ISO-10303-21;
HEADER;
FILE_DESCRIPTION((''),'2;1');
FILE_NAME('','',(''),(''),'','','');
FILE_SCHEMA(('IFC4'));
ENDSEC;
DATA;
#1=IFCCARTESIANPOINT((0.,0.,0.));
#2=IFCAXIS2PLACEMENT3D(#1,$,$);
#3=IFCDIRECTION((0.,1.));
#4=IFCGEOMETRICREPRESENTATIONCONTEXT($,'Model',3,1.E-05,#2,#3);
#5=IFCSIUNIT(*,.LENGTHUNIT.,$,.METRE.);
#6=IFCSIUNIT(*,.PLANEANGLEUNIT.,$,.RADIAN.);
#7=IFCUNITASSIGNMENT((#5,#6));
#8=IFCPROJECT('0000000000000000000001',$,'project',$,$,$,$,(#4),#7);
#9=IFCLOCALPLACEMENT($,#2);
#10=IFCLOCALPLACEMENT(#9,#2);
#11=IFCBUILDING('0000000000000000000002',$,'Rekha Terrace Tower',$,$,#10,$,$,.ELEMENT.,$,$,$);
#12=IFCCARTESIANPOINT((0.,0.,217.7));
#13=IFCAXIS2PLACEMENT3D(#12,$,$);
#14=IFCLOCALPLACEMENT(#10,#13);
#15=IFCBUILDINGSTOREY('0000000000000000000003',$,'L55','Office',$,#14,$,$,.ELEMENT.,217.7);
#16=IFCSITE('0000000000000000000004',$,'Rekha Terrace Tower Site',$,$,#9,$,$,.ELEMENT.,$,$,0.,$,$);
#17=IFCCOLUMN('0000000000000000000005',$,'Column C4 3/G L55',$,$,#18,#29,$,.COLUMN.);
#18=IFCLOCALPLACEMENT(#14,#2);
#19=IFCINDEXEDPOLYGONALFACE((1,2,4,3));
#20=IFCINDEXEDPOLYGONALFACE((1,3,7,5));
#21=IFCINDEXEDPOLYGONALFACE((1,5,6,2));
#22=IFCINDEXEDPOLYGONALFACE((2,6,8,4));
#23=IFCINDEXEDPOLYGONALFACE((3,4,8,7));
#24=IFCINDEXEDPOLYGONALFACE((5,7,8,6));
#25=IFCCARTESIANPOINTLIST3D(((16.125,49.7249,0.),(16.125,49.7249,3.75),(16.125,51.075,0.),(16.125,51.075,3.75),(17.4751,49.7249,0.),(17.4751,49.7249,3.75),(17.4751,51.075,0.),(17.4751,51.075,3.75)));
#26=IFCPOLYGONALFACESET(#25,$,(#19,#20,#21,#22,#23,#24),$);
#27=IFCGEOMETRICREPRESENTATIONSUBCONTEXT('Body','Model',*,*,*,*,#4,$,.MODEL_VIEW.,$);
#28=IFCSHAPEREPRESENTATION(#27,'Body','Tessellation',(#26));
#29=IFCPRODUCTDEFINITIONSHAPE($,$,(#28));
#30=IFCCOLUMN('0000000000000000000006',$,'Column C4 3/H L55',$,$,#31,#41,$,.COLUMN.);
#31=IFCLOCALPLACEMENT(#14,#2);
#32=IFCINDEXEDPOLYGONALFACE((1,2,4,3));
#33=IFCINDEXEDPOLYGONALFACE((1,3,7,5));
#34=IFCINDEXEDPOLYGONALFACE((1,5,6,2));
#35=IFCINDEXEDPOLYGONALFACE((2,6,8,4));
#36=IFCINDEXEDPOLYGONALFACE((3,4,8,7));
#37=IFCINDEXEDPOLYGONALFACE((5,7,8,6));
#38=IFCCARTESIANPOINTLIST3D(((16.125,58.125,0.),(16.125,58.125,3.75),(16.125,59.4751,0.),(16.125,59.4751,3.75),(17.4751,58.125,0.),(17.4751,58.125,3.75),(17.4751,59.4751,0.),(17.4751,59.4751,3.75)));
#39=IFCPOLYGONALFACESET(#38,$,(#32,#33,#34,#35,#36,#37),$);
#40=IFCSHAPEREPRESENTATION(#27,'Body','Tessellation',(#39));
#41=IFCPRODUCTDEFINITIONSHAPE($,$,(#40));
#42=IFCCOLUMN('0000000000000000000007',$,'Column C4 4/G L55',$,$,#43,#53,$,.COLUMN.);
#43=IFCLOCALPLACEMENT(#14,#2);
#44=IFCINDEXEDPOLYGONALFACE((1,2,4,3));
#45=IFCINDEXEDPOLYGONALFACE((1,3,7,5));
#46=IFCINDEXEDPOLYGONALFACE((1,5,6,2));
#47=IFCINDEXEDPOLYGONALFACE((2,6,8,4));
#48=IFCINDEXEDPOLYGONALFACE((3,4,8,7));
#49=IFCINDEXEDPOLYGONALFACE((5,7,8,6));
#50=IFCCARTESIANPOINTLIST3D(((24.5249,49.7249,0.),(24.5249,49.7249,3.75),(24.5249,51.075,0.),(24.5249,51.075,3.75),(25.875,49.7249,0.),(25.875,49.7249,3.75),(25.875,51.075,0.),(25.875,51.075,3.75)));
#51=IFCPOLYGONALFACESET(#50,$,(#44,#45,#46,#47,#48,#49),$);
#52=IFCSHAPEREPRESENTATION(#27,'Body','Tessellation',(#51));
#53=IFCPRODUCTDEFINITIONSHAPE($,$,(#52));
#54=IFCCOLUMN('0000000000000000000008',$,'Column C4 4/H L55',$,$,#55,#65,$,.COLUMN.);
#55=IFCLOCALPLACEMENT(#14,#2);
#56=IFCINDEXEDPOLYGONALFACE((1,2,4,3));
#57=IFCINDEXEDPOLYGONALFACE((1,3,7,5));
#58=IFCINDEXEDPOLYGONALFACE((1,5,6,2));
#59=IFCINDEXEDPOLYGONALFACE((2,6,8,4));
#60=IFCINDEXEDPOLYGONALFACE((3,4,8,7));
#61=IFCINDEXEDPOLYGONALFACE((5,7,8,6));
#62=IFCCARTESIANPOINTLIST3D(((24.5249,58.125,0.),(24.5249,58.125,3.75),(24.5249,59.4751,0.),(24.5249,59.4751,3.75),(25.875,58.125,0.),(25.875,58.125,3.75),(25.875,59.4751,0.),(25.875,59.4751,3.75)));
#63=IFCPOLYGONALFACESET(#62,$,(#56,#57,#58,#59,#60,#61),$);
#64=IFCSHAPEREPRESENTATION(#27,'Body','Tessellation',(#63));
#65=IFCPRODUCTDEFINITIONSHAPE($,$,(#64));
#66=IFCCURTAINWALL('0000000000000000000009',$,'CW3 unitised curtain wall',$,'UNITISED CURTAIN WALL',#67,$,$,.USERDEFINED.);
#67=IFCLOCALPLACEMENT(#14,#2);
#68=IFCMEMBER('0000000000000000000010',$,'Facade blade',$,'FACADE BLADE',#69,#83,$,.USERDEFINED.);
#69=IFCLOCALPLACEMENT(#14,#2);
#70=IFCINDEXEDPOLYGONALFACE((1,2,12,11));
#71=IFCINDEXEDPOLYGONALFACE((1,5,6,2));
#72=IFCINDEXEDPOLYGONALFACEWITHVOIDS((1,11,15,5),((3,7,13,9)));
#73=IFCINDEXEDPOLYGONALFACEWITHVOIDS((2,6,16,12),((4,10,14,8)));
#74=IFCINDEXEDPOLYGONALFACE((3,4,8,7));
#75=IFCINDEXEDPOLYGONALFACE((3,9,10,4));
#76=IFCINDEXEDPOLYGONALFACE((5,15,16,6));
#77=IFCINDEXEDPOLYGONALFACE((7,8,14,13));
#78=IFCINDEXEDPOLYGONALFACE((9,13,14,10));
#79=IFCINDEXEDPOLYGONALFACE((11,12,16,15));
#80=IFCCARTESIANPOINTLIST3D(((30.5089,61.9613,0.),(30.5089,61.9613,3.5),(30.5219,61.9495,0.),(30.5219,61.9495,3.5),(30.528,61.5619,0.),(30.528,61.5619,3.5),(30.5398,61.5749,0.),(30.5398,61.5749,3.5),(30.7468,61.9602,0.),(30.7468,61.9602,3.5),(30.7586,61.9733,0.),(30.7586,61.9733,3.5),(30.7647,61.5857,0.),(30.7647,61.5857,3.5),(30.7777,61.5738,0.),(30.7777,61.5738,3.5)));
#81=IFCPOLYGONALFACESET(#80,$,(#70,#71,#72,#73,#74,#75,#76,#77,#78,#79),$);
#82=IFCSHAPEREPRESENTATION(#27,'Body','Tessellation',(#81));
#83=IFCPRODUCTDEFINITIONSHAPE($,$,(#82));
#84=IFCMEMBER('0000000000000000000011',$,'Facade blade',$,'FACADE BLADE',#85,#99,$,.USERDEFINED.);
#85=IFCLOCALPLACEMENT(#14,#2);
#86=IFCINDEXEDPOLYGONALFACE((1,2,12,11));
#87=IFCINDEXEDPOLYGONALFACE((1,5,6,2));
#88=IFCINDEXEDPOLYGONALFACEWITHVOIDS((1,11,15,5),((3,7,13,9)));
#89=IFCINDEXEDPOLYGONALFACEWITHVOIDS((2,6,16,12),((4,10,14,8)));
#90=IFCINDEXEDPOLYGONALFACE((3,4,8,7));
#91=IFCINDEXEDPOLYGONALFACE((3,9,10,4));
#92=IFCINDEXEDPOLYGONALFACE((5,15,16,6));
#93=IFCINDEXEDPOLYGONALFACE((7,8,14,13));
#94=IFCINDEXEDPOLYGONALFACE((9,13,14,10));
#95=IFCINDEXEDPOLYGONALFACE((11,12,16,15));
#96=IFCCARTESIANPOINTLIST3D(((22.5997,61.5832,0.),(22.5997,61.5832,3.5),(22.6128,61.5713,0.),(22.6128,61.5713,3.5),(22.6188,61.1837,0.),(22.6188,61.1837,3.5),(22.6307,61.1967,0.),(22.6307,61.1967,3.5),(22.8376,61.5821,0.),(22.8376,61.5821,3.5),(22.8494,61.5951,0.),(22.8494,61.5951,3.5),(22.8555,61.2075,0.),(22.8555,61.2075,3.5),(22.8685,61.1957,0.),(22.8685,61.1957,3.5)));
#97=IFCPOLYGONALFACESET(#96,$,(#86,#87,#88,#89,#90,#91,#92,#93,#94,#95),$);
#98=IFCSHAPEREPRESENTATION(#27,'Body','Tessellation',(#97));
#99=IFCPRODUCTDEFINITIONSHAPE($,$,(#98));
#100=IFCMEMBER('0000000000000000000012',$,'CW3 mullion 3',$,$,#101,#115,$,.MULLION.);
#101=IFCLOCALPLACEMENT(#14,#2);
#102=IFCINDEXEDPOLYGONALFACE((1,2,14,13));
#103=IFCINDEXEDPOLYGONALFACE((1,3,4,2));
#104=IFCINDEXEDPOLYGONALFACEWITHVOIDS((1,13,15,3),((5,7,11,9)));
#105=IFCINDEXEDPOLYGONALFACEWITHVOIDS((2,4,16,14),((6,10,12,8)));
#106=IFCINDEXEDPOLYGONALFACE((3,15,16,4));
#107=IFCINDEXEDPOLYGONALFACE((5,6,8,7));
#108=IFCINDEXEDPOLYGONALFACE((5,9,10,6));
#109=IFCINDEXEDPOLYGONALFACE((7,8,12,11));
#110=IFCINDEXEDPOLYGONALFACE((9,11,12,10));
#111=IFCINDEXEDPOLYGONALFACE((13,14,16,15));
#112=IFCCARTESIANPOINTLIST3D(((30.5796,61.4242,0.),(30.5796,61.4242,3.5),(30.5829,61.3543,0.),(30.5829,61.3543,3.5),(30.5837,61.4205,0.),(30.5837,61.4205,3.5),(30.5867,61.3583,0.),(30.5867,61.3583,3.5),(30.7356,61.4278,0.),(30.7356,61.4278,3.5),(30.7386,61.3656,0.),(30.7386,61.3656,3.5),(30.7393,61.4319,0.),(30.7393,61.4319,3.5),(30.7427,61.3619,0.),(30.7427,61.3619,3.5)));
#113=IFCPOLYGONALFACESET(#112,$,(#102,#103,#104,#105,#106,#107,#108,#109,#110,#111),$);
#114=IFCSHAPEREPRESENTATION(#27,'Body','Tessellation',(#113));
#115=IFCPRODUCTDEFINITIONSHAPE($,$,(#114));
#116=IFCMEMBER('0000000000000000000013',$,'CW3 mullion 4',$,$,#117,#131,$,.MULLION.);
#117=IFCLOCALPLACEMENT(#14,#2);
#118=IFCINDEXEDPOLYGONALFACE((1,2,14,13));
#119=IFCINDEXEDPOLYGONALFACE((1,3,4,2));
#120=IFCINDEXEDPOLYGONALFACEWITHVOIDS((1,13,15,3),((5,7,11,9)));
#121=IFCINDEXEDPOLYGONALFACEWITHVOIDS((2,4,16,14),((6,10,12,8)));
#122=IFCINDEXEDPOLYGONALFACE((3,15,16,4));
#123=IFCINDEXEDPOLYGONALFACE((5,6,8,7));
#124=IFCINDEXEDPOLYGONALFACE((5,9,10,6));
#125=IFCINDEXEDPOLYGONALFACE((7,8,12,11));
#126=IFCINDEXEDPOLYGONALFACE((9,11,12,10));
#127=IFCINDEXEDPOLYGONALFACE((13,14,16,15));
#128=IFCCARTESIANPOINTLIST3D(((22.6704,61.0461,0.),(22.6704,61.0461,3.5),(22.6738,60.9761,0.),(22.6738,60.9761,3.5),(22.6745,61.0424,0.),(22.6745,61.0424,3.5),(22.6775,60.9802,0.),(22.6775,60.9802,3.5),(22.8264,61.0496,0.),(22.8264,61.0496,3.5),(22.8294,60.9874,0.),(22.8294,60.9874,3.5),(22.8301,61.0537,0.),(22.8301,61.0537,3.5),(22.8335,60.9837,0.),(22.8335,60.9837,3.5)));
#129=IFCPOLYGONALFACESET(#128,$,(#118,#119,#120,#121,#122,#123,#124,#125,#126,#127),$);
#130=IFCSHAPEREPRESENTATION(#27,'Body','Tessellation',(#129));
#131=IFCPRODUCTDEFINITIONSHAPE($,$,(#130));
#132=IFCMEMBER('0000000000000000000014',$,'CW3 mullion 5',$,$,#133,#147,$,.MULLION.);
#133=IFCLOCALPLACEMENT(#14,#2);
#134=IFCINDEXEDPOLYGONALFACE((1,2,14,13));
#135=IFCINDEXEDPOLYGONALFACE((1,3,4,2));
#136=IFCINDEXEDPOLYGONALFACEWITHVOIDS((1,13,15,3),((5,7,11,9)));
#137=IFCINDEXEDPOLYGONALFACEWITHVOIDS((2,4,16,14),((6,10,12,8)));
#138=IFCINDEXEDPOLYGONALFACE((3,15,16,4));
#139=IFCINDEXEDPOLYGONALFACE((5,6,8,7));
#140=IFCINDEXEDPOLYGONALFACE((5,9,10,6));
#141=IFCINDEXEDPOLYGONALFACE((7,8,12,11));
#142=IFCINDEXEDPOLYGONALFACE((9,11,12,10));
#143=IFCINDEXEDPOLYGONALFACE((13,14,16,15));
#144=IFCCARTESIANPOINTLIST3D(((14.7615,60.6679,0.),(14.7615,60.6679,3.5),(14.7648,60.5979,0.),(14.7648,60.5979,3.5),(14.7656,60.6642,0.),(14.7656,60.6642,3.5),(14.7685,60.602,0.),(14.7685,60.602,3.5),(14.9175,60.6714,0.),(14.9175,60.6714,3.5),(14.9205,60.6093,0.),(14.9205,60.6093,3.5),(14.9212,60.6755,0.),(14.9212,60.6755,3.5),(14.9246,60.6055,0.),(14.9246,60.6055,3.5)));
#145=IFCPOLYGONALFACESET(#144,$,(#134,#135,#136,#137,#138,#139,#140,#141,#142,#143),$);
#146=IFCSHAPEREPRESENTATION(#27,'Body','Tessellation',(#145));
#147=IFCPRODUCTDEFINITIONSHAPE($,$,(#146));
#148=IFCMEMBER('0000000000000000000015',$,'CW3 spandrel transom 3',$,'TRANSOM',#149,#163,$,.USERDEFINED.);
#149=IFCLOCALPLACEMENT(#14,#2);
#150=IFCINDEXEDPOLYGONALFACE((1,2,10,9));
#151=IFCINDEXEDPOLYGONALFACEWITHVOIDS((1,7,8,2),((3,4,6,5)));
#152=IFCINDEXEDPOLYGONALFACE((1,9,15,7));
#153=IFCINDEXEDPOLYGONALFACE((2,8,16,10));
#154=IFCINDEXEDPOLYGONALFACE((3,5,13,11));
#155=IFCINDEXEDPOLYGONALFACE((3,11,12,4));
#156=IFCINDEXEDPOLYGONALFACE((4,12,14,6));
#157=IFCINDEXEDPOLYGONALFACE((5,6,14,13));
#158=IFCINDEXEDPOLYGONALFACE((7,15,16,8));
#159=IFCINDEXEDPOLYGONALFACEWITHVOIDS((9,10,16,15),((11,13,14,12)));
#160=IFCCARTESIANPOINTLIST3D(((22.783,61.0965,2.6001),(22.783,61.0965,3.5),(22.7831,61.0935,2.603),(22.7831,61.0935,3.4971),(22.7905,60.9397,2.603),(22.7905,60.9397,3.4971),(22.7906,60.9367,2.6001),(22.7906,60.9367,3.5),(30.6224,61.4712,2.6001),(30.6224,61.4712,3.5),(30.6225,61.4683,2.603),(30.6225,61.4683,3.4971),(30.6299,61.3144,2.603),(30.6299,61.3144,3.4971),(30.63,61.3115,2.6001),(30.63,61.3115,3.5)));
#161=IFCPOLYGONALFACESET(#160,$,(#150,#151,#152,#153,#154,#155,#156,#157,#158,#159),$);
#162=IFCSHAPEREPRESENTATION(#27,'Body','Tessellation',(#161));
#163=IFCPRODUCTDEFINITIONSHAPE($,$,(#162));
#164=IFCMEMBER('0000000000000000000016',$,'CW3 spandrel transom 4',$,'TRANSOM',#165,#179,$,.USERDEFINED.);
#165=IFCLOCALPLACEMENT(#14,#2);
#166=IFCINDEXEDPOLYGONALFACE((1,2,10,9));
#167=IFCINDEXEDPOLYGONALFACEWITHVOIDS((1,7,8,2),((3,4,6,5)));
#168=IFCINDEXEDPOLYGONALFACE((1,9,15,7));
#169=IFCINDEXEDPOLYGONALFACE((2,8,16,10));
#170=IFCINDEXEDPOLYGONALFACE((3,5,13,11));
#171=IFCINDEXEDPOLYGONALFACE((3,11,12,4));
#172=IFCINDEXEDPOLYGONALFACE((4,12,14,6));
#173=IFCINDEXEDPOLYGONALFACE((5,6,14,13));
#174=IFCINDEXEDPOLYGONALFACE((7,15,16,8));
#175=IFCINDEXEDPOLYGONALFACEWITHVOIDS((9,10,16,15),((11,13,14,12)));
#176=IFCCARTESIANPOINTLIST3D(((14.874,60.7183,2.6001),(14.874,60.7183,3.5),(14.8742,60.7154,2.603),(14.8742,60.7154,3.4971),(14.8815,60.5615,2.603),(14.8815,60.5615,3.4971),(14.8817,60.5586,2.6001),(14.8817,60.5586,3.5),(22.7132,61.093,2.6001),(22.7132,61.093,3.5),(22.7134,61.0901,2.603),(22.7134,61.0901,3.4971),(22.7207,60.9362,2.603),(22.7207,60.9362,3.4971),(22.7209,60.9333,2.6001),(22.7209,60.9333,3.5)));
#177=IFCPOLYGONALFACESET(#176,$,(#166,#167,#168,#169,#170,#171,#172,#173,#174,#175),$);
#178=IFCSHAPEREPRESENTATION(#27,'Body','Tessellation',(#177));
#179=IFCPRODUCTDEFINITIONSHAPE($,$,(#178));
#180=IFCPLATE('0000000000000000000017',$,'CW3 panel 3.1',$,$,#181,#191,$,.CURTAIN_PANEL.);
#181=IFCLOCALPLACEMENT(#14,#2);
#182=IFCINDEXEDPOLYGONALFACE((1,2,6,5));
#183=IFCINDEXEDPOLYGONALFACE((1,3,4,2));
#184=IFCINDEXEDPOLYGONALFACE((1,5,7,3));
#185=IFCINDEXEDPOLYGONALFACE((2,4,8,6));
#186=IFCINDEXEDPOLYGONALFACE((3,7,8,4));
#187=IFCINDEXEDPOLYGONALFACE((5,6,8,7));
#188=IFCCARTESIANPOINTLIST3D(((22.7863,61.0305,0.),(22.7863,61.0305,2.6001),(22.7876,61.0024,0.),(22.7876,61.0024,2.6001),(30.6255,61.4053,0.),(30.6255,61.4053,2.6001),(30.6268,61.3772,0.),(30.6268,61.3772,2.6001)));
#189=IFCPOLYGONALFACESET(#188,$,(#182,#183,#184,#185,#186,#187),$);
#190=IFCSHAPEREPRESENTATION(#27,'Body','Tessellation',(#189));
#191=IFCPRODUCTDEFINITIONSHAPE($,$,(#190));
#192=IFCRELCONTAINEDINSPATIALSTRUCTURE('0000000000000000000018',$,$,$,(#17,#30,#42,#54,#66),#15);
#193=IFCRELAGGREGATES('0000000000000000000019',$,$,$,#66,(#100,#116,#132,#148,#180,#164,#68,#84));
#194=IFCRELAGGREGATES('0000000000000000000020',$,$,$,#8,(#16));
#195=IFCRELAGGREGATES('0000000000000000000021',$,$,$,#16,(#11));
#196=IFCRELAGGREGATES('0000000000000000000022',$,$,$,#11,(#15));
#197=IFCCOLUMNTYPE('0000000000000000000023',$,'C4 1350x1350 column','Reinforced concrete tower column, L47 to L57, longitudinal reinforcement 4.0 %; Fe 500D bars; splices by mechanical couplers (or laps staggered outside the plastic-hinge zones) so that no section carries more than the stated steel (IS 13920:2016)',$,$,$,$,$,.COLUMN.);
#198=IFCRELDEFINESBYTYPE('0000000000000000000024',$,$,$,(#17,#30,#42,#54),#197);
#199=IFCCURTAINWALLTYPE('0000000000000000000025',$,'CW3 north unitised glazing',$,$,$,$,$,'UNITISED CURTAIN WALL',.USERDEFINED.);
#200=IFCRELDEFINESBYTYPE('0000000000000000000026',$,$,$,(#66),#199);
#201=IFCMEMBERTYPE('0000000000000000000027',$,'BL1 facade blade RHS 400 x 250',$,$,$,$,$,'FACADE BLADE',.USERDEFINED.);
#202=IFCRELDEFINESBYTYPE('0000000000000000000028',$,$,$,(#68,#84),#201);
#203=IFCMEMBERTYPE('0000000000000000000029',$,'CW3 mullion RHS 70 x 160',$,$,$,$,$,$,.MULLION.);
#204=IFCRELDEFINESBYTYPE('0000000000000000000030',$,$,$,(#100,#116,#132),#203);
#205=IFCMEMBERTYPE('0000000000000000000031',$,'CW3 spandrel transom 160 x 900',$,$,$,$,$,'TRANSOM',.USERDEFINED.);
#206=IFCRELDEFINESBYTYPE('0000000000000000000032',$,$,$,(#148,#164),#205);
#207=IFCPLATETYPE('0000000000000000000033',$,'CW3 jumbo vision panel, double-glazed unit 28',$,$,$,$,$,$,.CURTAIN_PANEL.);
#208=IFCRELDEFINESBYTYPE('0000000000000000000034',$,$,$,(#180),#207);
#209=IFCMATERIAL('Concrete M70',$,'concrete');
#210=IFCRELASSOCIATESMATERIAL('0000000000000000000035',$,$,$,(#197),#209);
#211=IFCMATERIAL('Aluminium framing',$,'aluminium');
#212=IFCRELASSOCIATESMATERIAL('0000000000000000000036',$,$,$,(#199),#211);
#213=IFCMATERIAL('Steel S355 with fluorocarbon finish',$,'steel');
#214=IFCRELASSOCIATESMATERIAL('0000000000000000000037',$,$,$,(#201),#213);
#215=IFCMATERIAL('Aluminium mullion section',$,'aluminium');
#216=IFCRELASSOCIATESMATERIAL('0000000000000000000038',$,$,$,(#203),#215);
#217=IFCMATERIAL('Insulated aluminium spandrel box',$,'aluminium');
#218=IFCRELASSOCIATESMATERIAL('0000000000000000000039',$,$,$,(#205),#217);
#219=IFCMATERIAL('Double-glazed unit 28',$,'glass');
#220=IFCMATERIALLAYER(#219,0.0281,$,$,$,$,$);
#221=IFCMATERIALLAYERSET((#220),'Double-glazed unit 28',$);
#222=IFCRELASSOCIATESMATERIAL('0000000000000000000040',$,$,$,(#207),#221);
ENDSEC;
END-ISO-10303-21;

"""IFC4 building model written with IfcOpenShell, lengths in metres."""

from ifc_helpers import new_model, si_unit, direction, frame, origin, origin_2d, place, context, subcontext, project, spatial, rectangle, hollow_rectangle, extrude, material, layer, layer_set, material_profile, profile_set, type_object, element, aggregate, save


model = new_model("IFC4")

# Units and contexts
model_context = context("Model", 3, precision=1e-05, world=origin(), true_north=direction((0.0, 1.0)))
body_context = subcontext(model_context, "Body", "Model", "MODEL_VIEW")
ifc_project = project(units=[si_unit("LENGTHUNIT", "METRE"), si_unit("PLANEANGLEUNIT", "RADIAN")], contexts=[model_context])

# Site, building, storey
site_placement = place(None, origin())
site = spatial("IfcSite", under=ifc_project, at=site_placement, Name="Rekha Terrace Tower Site", CompositionType="ELEMENT", RefElevation=0.0)
building_placement = place(site_placement, origin())
building = spatial("IfcBuilding", under=site, at=building_placement, Name="Rekha Terrace Tower", CompositionType="ELEMENT")
storey_placement = place(building_placement, frame((0.0, 0.0, 217.7)))
storey = spatial("IfcBuildingStorey", under=building, at=storey_placement, Name="L55", Description="Office", CompositionType="ELEMENT", Elevation=217.7)

# Columns
ifc_material_1 = material(Name="Concrete M70", Category="concrete")
ifc_material_profile_1 = material_profile(ifc_material_1, rectangle(XDim=1.3501, YDim=1.3501, at=origin_2d()), Name="RC 1350x1350")
ifc_profile_set_1 = profile_set([ifc_material_profile_1], Name="Concrete M70")
column_type = type_object("IfcColumnType", Name="C4 1350x1350 column", Description="Reinforced concrete tower column, L47 to L57, longitudinal reinforcement 4.0 %; Fe 500D bars; splices by mechanical couplers (or laps staggered outside the plastic-hinge zones) so that no section carries more than the stated steel (IS 13920:2016)", PredefinedType="COLUMN", material=ifc_profile_set_1)
for number, where, z_axis, x_axis, name in (
    (1, (16.8, 50.3999, 0.0), (0.0, 0.0, 1.0), (1.0, 0.0, 0.0), "Column C4 3/G L55"),
    (2, (16.8, 58.8, 0.0), (0.0, 0.0, 1.0), (1.0, 0.0, 0.0), "Column C4 3/H L55"),
    (3, (25.2, 50.3999, 0.0), (0.0, 0.0, 1.0), (1.0, 0.0, 0.0), "Column C4 4/G L55"),
    (4, (25.2, 58.8, 0.0), (0.0, 0.0, 1.0), (1.0, 0.0, 0.0), "Column C4 4/H L55"),
):
    element("IfcColumn", number, at=place(storey_placement, frame(where, z_axis=z_axis, x_axis=x_axis)), inside=storey, type_object=column_type, Name=name, PredefinedType="COLUMN", context=body_context, shape_type="SweptSolid", body=[
        extrude(rectangle(XDim=1.3501, YDim=1.3501, at=origin_2d()), origin(), (0.0, 0.0, 1.0), 3.75),
    ])

# Curtain wall, members, plate
ifc_material_2 = material(Name="Aluminium framing", Category="aluminium")
curtain_wall_type = type_object("IfcCurtainWallType", Name="CW3 north unitised glazing", ElementType="UNITISED CURTAIN WALL", PredefinedType="USERDEFINED", material=ifc_material_2)
curtain_wall_placement = place(storey_placement, origin())
curtain_wall = element("IfcCurtainWall", 5, at=curtain_wall_placement, inside=storey, type_object=curtain_wall_type, Name="CW3 unitised curtain wall", ObjectType="UNITISED CURTAIN WALL", PredefinedType="USERDEFINED")
ifc_material_3 = material(Name="Steel S355 with fluorocarbon finish", Category="steel")
ifc_material_profile_2 = material_profile(ifc_material_3, hollow_rectangle(XDim=0.25, YDim=0.3999, WallThickness=0.0125, at=origin_2d()), Name="RHS400x250x12.5")
ifc_profile_set_2 = profile_set([ifc_material_profile_2], Name="Steel S355 with fluorocarbon finish")
member_type_1 = type_object("IfcMemberType", Name="BL1 facade blade RHS 400 x 250", ElementType="FACADE BLADE", PredefinedType="USERDEFINED", material=ifc_profile_set_2)
member_1_placement = place(storey_placement, frame((30.6433, 61.7676, 0.0), z_axis=(0.0, 0.0, 1.0), x_axis=(-0.998859, -0.047758, 0.0)))
member_1 = element("IfcMember", 6, at=member_1_placement, type_object=member_type_1, Name="Facade blade", ObjectType="FACADE BLADE", PredefinedType="USERDEFINED", context=body_context, shape_type="SweptSolid", body=[
    extrude(hollow_rectangle(XDim=0.25, YDim=0.3999, WallThickness=0.0125, at=origin_2d()), origin(), (0.0, 0.0, 1.0), 3.5),
])
member_2_placement = place(storey_placement, frame((22.7341, 61.3894, 0.0), z_axis=(0.0, 0.0, 1.0), x_axis=(-0.998859, -0.047758, 0.0)))
member_2 = element("IfcMember", 7, at=member_2_placement, type_object=member_type_1, Name="Facade blade", ObjectType="FACADE BLADE", PredefinedType="USERDEFINED", context=body_context, shape_type="SweptSolid", body=[
    extrude(hollow_rectangle(XDim=0.25, YDim=0.3999, WallThickness=0.0125, at=origin_2d()), origin(), (0.0, 0.0, 1.0), 3.5),
])
ifc_material_4 = material(Name="Aluminium mullion section", Category="aluminium")
ifc_material_profile_3 = material_profile(ifc_material_4, hollow_rectangle(XDim=0.0701, YDim=0.1599, WallThickness=0.0039, at=origin_2d()), Name="AL RHS 70x160")
ifc_profile_set_3 = profile_set([ifc_material_profile_3], Name="Aluminium mullion section")
member_type_2 = type_object("IfcMemberType", Name="CW3 mullion RHS 70 x 160", PredefinedType="MULLION", material=ifc_profile_set_3)
member_3_placement = place(storey_placement, frame((30.6611, 61.3931, 0.0), z_axis=(0.0, 0.0, 1.0), x_axis=(0.047759, -0.998859, 0.0)))
member_3 = element("IfcMember", 8, at=member_3_placement, type_object=member_type_2, Name="CW3 mullion 3", PredefinedType="MULLION", context=body_context, shape_type="SweptSolid", body=[
    extrude(hollow_rectangle(XDim=0.0701, YDim=0.1599, WallThickness=0.0039, at=origin_2d()), origin(), (0.0, 0.0, 1.0), 3.5),
])
member_4_placement = place(storey_placement, frame((22.752, 61.0149, 0.0), z_axis=(0.0, 0.0, 1.0), x_axis=(0.047759, -0.998859, 0.0)))
member_4 = element("IfcMember", 9, at=member_4_placement, type_object=member_type_2, Name="CW3 mullion 4", PredefinedType="MULLION", context=body_context, shape_type="SweptSolid", body=[
    extrude(hollow_rectangle(XDim=0.0701, YDim=0.1599, WallThickness=0.0039, at=origin_2d()), origin(), (0.0, 0.0, 1.0), 3.5),
])
member_5_placement = place(storey_placement, frame((14.843, 60.6367, 0.0), z_axis=(0.0, 0.0, 1.0), x_axis=(0.047759, -0.998859, 0.0)))
member_5 = element("IfcMember", 10, at=member_5_placement, type_object=member_type_2, Name="CW3 mullion 5", PredefinedType="MULLION", context=body_context, shape_type="SweptSolid", body=[
    extrude(hollow_rectangle(XDim=0.0701, YDim=0.1599, WallThickness=0.0039, at=origin_2d()), origin(), (0.0, 0.0, 1.0), 3.5),
])
ifc_material_5 = material(Name="Insulated aluminium spandrel box", Category="aluminium")
ifc_material_profile_4 = material_profile(ifc_material_5, hollow_rectangle(XDim=0.1599, YDim=0.8999, WallThickness=0.0029, at=origin_2d()), Name="AL SPANDREL BOX 160x900")
ifc_profile_set_4 = profile_set([ifc_material_profile_4], Name="Insulated aluminium spandrel box")
member_type_3 = type_object("IfcMemberType", Name="CW3 spandrel transom 160 x 900", ElementType="TRANSOM", PredefinedType="USERDEFINED", material=ifc_profile_set_4)
member_6_placement = place(storey_placement, frame((30.6262, 61.3914, 3.05), z_axis=(-0.998859, -0.04775, 0.0), x_axis=(0.04775, -0.998859, 0.0)))
member_6 = element("IfcMember", 11, at=member_6_placement, type_object=member_type_3, Name="CW3 spandrel transom 3", ObjectType="TRANSOM", PredefinedType="USERDEFINED", context=body_context, shape_type="SweptSolid", body=[
    extrude(hollow_rectangle(XDim=0.1599, YDim=0.8999, WallThickness=0.0029, at=origin_2d()), origin(), (0.0, 0.0, 1.0), 7.8484),
])
member_7_placement = place(storey_placement, frame((22.717, 61.0132, 3.05), z_axis=(-0.998859, -0.047751, 0.0), x_axis=(0.047751, -0.998859, 0.0)))
member_7 = element("IfcMember", 12, at=member_7_placement, type_object=member_type_3, Name="CW3 spandrel transom 4", ObjectType="TRANSOM", PredefinedType="USERDEFINED", context=body_context, shape_type="SweptSolid", body=[
    extrude(hollow_rectangle(XDim=0.1599, YDim=0.8999, WallThickness=0.0029, at=origin_2d()), origin(), (0.0, 0.0, 1.0), 7.8481),
])
ifc_material_6 = material(Name="Double-glazed unit 28", Category="glass")
ifc_layer_1 = layer(ifc_material_6, 0.0281)
ifc_layer_set_1 = layer_set([ifc_layer_1], Name="Double-glazed unit 28")
plate_type = type_object("IfcPlateType", Name="CW3 jumbo vision panel, double-glazed unit 28", PredefinedType="CURTAIN_PANEL", material=ifc_layer_set_1)
plate_1_placement = place(storey_placement, frame((26.7065, 61.2039, 0.0), z_axis=(0.0, 0.0, 1.0), x_axis=(-0.998859, -0.047759, 0.0)))
plate_1 = element("IfcPlate", 13, at=plate_1_placement, type_object=plate_type, Name="CW3 panel 3.1", PredefinedType="CURTAIN_PANEL", context=body_context, shape_type="SweptSolid", body=[
    extrude(rectangle(XDim=7.8481, YDim=0.0281, at=origin_2d()), origin(), (0.0, 0.0, 1.0), 2.6001),
])
aggregate(curtain_wall, [member_3, member_4, member_5, member_6, plate_1, member_7, member_1, member_2])

save(model, "model.ifc")
